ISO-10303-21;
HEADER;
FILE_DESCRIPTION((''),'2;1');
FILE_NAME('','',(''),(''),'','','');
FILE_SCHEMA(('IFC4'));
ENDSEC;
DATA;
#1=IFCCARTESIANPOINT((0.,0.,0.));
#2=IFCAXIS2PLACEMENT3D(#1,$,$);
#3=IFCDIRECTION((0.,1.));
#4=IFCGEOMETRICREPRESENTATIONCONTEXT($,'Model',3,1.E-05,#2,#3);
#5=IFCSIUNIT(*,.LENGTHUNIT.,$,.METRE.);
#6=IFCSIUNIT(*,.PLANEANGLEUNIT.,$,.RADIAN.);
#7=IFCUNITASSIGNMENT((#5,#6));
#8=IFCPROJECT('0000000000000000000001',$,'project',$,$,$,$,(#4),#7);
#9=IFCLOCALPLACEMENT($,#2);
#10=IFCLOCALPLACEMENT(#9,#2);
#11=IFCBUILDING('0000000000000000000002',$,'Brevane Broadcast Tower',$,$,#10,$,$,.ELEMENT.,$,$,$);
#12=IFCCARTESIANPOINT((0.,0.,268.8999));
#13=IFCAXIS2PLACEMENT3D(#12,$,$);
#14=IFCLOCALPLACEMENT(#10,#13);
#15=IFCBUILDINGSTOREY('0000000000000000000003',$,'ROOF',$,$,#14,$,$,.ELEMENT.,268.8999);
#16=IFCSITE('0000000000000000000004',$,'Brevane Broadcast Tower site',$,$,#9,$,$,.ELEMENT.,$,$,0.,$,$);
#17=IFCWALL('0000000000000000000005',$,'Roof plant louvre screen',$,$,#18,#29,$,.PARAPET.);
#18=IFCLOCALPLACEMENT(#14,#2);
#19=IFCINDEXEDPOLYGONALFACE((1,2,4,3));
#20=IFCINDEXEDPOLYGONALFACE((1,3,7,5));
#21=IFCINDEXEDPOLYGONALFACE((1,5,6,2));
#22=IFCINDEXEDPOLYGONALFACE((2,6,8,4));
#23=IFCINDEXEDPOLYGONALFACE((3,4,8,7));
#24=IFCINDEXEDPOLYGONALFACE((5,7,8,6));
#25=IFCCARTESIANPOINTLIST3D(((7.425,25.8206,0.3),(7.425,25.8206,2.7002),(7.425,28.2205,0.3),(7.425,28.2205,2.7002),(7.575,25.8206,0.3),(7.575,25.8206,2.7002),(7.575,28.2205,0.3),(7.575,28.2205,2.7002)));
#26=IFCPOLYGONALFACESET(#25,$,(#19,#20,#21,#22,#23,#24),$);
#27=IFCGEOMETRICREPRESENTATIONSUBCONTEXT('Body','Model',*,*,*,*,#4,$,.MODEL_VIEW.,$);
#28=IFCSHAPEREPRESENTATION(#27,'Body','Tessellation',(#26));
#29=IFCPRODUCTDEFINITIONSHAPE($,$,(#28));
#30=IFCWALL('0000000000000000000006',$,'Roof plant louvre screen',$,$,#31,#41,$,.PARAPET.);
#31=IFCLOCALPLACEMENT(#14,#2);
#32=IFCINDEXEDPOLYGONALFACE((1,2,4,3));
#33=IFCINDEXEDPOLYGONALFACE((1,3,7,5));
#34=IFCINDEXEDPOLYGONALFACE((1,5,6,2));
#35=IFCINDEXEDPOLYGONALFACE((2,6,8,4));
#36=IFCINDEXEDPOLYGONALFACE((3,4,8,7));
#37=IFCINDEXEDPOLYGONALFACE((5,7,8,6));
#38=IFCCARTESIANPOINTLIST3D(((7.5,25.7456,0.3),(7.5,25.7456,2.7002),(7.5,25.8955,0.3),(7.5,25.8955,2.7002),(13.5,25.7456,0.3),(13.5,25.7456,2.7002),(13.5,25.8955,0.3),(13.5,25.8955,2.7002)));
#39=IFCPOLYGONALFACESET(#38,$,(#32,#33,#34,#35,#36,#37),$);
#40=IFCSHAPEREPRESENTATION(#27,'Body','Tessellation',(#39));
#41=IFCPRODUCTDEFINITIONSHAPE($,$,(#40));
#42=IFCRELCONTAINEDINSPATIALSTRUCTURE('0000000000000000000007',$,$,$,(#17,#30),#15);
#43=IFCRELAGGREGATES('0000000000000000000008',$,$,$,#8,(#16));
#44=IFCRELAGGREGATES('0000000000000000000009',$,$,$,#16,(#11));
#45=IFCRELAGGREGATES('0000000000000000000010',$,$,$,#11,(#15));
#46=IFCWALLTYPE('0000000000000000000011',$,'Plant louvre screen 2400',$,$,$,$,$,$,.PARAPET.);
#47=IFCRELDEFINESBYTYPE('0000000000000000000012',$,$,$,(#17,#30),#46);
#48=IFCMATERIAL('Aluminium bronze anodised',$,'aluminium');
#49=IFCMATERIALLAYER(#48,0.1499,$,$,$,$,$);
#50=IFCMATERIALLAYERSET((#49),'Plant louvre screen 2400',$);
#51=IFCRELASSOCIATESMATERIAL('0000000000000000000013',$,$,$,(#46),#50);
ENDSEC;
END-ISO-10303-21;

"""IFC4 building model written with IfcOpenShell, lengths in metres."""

from ifc_helpers import new_model, si_unit, direction, frame, frame_2d, origin, place, context, subcontext, project, spatial, rectangle, extrude, material, layer, layer_set, type_object, element, save


model = new_model("IFC4")

# Units and contexts
model_context = context("Model", 3, precision=1e-05, world=origin(), true_north=direction((0.0, 1.0)))
body_context = subcontext(model_context, "Body", "Model", "MODEL_VIEW")
ifc_project = project(units=[si_unit("LENGTHUNIT", "METRE"), si_unit("PLANEANGLEUNIT", "RADIAN")], contexts=[model_context])

# Site, building, storey
site_placement = place(None, origin())
site = spatial("IfcSite", under=ifc_project, at=site_placement, Name="Brevane Broadcast Tower site", CompositionType="ELEMENT", RefElevation=0.0)
building_placement = place(site_placement, origin())
building = spatial("IfcBuilding", under=site, at=building_placement, Name="Brevane Broadcast Tower", CompositionType="ELEMENT")
storey_placement = place(building_placement, frame((0.0, 0.0, 268.8999)))
storey = spatial("IfcBuildingStorey", under=building, at=storey_placement, Name="ROOF", CompositionType="ELEMENT", Elevation=268.8999)

# Shared definitions
ifc_material_1 = material(Name="Aluminium bronze anodised", Category="aluminium")

# Walls
ifc_layer_1 = layer(ifc_material_1, 0.1499)
ifc_layer_set_1 = layer_set([ifc_layer_1], Name="Plant louvre screen 2400")
wall_type = type_object("IfcWallType", Name="Plant louvre screen 2400", PredefinedType="PARAPET", material=ifc_layer_set_1)
wall_1_placement = place(storey_placement, frame((7.5, 28.2205, 0.3), z_axis=(0.0, 0.0, 1.0), x_axis=(0.0, -1.0, 0.0)))
element("IfcWall", 1, at=wall_1_placement, inside=storey, type_object=wall_type, Name="Roof plant louvre screen", PredefinedType="PARAPET", context=body_context, shape_type="SweptSolid", body=[
    extrude(rectangle(XDim=2.3999, YDim=0.1499, at=frame_2d((1.2, 0.0))), origin(), (0.0, 0.0, 1.0), 2.4001),
])
wall_2_placement = place(storey_placement, frame((7.5, 25.8206, 0.3), z_axis=(0.0, 0.0, 1.0), x_axis=(1.0, 0.0, 0.0)))
element("IfcWall", 2, at=wall_2_placement, inside=storey, type_object=wall_type, Name="Roof plant louvre screen", PredefinedType="PARAPET", context=body_context, shape_type="SweptSolid", body=[
    extrude(rectangle(XDim=6.0, YDim=0.1499, at=frame_2d((3.0, 0.0))), origin(), (0.0, 0.0, 1.0), 2.4001),
])

save(model, "model.ifc")
